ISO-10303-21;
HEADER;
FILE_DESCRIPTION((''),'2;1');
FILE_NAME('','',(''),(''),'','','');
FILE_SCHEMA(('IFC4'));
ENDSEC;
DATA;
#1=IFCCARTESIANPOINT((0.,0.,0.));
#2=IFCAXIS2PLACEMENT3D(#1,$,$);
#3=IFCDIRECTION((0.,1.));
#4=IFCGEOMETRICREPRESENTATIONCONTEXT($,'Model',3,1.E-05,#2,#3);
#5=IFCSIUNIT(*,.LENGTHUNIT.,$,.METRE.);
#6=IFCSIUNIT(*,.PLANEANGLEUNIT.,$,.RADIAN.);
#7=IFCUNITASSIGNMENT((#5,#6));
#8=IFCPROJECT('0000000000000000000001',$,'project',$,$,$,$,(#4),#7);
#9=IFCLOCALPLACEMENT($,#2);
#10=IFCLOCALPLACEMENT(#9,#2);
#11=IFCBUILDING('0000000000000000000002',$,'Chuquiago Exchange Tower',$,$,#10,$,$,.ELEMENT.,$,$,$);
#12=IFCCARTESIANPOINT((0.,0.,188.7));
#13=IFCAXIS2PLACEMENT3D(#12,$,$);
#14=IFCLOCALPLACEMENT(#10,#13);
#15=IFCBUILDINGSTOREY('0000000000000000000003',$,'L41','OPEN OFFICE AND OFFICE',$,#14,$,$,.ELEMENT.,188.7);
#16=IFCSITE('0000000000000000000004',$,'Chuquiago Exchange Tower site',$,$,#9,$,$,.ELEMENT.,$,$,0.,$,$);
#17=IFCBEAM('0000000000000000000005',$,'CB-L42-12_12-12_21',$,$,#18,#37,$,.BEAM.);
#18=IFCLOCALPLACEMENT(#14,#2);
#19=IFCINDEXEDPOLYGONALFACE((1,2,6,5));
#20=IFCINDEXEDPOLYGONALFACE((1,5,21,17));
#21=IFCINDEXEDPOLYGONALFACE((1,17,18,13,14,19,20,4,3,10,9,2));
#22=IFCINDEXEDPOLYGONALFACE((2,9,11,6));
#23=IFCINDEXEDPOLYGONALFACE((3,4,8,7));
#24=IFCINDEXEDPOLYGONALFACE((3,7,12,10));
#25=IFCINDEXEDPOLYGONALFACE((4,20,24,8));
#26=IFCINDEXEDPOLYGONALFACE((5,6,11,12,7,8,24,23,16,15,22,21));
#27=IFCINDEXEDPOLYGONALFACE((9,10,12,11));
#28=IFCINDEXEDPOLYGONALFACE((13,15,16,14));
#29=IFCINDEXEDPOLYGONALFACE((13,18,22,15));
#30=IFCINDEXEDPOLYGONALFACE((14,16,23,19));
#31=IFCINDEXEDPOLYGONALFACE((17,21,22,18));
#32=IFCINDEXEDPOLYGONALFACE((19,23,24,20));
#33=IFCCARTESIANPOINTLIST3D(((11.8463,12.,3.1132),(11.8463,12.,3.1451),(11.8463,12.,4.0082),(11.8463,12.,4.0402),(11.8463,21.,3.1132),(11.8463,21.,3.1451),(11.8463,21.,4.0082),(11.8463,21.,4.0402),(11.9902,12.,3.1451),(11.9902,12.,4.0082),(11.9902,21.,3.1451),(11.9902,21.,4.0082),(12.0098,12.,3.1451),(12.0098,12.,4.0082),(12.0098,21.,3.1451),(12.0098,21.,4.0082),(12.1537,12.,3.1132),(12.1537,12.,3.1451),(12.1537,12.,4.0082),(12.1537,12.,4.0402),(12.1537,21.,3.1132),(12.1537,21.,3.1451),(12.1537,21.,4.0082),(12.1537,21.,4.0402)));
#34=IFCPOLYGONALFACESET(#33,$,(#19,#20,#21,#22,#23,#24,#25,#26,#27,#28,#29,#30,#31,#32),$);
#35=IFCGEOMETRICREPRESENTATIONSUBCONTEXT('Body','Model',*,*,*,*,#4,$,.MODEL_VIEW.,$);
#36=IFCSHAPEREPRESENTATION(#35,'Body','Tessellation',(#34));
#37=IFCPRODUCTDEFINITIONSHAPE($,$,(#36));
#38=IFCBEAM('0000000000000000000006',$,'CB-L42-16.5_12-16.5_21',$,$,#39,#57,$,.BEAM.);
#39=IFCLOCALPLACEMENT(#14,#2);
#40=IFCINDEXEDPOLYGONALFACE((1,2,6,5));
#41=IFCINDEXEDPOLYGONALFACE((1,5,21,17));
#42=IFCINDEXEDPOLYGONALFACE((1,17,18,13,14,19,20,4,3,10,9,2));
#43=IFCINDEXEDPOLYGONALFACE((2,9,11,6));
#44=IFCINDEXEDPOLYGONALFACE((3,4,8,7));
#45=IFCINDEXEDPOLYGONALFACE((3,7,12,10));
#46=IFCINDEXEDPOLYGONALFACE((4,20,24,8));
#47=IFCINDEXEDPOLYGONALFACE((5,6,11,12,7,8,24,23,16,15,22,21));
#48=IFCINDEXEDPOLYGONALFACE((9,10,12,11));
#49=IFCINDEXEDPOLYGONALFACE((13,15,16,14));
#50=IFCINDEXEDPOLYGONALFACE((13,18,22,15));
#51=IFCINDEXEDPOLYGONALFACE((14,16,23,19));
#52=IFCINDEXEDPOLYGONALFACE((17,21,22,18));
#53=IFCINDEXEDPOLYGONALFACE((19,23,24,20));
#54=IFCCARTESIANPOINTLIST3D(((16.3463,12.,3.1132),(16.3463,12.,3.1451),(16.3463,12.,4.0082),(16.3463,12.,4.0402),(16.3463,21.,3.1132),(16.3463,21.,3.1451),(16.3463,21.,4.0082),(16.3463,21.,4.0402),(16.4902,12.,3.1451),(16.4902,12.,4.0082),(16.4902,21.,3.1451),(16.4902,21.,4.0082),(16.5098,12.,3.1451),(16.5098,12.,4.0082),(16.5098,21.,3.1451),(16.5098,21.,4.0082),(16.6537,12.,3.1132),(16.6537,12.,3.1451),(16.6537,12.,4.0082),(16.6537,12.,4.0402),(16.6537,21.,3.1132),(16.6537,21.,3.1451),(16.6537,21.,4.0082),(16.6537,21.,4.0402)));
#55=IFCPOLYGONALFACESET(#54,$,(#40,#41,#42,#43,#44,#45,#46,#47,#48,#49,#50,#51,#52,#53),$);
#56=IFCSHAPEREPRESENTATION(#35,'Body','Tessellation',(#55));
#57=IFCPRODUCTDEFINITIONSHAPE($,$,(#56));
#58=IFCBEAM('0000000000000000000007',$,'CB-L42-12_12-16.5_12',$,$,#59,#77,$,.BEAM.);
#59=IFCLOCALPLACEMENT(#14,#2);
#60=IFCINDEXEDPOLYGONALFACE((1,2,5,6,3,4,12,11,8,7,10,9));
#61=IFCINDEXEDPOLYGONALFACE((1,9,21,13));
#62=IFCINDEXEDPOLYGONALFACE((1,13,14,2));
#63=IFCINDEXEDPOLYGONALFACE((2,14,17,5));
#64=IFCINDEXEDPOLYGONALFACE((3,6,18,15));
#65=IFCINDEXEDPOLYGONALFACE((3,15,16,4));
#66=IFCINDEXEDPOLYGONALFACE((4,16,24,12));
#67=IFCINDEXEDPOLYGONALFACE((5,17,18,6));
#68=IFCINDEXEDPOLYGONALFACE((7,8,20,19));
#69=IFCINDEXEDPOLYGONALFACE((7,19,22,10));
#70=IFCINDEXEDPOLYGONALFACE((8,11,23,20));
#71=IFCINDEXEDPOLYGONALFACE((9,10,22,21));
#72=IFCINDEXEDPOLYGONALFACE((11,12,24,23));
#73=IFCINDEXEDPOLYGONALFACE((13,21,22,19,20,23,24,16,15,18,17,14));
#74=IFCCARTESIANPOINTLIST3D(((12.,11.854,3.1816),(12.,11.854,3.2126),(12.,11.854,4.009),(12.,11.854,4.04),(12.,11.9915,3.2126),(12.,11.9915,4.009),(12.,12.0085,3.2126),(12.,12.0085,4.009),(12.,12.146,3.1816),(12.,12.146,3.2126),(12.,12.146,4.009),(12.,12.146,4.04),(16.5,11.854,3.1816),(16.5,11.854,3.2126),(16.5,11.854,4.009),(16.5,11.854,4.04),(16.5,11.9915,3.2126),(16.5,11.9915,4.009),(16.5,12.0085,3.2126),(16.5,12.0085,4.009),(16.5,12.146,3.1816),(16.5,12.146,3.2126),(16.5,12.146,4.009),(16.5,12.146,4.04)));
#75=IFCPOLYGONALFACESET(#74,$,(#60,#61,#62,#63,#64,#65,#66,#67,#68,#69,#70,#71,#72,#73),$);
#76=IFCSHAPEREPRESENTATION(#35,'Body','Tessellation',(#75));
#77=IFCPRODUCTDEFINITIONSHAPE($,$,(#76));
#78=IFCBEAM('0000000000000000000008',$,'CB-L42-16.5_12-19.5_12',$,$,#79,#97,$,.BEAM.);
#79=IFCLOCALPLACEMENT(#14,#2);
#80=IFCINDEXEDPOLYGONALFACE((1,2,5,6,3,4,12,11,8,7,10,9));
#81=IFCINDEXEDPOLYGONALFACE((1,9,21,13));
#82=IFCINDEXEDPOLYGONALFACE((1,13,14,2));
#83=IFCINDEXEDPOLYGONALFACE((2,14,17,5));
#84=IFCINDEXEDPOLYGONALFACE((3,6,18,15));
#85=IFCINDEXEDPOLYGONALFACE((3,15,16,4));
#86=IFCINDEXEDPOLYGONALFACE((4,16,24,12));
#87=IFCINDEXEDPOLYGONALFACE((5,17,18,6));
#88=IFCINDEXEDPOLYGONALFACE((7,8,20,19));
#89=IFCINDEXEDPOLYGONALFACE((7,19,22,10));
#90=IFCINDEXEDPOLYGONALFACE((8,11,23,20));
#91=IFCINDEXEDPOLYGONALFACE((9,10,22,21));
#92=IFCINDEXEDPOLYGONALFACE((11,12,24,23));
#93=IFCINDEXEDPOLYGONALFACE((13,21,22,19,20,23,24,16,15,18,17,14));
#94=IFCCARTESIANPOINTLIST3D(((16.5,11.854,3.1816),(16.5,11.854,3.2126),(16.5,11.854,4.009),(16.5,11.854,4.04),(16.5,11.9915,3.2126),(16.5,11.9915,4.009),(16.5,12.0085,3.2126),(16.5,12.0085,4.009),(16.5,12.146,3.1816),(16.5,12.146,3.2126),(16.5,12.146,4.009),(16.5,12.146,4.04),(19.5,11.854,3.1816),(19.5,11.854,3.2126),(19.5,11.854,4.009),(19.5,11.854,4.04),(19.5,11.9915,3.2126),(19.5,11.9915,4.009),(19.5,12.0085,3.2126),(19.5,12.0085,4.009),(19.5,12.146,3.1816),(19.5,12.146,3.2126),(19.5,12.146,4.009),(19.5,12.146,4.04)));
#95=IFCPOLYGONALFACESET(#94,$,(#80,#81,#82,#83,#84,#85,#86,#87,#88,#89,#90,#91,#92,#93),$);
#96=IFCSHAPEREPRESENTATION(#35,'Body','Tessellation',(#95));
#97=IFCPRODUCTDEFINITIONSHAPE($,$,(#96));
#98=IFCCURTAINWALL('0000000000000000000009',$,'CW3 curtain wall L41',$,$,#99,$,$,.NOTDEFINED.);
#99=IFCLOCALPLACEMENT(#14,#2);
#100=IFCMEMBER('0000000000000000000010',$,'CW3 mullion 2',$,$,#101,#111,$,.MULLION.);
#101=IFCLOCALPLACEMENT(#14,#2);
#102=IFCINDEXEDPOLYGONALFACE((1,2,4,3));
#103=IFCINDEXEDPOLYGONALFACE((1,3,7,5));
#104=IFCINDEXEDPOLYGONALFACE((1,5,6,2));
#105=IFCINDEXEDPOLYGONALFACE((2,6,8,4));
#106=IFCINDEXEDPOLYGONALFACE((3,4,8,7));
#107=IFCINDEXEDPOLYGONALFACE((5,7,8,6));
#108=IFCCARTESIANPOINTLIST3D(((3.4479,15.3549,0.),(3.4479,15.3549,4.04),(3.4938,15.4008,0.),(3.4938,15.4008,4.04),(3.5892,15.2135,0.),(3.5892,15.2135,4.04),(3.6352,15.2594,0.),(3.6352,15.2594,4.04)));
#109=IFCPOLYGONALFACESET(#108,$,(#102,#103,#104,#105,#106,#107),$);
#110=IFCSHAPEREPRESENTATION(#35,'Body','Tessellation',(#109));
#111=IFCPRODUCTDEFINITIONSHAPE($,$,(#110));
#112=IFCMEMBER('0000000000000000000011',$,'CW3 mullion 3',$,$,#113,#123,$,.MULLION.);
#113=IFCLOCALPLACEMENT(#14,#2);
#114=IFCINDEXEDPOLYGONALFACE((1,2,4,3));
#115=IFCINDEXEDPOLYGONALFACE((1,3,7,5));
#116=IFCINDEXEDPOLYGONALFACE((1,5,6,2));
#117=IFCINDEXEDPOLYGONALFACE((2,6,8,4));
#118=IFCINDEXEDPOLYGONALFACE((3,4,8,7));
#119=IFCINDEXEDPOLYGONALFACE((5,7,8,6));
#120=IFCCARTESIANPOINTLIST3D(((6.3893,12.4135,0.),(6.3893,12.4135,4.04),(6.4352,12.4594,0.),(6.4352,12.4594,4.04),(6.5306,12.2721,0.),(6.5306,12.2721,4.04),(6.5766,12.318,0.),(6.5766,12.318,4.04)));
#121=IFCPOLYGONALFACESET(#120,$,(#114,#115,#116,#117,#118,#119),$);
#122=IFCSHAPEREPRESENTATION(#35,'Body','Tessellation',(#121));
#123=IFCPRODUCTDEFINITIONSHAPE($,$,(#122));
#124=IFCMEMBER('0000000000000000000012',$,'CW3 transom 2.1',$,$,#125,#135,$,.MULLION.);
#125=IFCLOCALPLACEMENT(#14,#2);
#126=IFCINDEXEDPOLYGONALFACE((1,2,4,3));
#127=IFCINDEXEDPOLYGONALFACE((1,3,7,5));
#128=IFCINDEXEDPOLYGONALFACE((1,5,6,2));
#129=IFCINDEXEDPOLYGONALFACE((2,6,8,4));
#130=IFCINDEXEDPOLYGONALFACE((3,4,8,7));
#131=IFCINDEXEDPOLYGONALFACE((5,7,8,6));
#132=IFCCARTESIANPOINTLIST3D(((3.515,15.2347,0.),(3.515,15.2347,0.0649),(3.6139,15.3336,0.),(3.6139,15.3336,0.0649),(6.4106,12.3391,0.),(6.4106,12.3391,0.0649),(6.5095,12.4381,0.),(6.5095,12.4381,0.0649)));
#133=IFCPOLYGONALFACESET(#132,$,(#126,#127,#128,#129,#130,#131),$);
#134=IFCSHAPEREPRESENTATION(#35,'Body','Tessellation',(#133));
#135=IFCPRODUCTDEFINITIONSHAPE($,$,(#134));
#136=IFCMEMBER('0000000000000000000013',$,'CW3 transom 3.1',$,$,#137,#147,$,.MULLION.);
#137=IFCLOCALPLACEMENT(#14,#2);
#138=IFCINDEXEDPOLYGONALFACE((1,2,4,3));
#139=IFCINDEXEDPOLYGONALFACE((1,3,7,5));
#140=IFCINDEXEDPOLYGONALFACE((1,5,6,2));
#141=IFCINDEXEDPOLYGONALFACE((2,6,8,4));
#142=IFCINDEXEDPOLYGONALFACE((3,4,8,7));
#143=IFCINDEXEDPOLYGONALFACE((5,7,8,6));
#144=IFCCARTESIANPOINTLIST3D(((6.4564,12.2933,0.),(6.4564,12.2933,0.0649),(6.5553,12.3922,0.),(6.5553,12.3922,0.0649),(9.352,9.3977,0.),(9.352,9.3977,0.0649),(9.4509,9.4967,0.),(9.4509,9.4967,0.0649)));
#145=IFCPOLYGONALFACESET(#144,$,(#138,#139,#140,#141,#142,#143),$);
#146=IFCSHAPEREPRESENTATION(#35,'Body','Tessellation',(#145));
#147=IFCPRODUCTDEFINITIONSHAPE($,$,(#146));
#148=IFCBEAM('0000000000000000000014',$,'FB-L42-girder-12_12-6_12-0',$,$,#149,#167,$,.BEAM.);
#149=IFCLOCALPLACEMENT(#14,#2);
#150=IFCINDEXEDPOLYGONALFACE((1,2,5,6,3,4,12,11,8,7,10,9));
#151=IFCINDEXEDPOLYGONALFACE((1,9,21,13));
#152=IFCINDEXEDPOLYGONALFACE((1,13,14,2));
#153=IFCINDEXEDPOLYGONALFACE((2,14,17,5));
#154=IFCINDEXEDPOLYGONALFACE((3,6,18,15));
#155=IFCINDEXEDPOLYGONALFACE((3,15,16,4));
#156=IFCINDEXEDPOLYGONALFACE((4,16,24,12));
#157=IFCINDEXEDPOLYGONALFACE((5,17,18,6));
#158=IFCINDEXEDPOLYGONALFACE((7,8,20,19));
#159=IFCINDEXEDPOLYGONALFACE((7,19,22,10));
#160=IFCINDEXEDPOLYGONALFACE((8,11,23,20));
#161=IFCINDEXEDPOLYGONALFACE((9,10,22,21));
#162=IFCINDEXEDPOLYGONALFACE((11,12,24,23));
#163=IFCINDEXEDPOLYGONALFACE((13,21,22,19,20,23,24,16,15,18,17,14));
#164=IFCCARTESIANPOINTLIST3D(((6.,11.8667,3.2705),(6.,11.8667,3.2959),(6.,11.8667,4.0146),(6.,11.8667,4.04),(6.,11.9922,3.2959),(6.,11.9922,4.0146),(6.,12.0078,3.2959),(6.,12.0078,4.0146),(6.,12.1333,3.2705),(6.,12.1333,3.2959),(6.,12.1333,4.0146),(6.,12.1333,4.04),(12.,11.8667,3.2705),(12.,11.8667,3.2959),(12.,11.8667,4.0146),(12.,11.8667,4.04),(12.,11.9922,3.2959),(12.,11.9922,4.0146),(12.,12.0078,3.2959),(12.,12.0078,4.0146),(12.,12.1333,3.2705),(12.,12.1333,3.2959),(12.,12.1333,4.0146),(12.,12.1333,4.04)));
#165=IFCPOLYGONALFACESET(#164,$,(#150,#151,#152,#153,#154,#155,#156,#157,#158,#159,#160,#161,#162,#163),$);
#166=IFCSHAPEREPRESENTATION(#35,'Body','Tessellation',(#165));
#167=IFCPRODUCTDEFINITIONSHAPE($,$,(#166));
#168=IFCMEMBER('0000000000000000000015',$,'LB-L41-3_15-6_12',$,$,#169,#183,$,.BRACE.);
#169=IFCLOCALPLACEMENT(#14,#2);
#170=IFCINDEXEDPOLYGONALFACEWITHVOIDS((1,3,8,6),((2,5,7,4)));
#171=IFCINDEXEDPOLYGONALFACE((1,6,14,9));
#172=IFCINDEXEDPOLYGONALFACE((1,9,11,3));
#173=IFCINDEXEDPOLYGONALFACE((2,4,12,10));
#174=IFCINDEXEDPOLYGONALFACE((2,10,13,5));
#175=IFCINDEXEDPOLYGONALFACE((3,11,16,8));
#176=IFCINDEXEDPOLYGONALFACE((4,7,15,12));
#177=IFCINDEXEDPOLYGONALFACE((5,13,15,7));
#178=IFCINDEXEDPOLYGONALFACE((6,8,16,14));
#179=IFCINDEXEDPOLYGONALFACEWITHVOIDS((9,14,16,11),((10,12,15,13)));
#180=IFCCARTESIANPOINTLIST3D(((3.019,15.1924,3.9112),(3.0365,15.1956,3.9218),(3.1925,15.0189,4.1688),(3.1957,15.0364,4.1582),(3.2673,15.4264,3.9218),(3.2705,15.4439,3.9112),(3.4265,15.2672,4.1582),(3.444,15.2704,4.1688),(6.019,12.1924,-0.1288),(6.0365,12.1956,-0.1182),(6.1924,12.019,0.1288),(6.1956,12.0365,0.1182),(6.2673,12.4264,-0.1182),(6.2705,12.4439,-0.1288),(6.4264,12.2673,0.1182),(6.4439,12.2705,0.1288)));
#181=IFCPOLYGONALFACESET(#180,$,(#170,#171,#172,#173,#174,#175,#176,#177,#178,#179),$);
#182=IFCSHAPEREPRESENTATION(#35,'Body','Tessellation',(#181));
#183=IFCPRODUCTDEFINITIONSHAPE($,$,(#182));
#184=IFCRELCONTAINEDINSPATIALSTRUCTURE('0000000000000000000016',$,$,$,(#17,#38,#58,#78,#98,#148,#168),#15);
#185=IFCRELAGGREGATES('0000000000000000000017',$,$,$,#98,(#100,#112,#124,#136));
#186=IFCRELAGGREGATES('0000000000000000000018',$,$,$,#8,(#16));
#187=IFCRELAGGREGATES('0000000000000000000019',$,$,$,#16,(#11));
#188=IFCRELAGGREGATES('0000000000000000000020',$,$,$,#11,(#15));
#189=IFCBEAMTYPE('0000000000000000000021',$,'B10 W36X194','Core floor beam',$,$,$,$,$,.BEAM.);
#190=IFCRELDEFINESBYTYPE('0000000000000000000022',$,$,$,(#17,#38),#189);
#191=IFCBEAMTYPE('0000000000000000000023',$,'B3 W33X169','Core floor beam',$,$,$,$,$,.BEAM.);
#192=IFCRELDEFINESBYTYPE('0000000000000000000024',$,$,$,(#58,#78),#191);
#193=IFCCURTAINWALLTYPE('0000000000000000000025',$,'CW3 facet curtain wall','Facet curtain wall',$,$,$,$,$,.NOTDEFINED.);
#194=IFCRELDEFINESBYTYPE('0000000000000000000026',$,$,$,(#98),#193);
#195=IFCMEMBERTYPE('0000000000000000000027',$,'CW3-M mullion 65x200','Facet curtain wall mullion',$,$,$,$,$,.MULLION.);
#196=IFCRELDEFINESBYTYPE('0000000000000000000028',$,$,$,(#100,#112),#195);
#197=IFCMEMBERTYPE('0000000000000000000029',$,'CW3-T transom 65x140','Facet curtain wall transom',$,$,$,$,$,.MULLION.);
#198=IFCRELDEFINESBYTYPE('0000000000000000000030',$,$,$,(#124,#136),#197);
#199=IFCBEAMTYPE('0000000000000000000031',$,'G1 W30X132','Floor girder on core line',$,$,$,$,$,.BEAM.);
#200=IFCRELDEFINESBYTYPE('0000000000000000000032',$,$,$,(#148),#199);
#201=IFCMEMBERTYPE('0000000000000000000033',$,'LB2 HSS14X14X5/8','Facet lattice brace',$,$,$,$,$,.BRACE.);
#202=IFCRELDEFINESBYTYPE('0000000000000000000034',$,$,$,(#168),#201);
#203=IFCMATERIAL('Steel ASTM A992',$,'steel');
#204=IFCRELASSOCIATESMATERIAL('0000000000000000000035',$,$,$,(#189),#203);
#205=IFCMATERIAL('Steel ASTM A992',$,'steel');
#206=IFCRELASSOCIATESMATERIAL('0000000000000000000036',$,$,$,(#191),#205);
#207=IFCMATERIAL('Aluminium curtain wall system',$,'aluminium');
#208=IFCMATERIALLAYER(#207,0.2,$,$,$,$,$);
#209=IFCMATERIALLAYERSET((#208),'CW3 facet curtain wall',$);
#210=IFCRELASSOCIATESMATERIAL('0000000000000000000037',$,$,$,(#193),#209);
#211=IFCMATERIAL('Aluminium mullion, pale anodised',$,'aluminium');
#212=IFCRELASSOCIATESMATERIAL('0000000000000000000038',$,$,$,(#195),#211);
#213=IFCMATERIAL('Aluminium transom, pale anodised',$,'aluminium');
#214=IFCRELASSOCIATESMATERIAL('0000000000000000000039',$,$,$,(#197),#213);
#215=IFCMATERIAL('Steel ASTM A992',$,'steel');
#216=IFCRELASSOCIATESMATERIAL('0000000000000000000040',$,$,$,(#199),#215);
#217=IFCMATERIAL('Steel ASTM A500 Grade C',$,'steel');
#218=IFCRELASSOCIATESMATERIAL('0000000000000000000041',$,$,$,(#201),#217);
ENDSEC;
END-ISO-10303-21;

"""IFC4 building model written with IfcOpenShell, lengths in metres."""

from ifc_helpers import new_model, si_unit, direction, frame, origin, origin_2d, place, context, subcontext, project, spatial, rectangle, hollow_rectangle, i_section, extrude, material, layer, layer_set, material_profile, profile_set, type_object, element, aggregate, save


model = new_model("IFC4")

# Units and contexts
model_context = context("Model", 3, precision=1e-05, world=origin(), true_north=direction((0.0, 1.0)))
body_context = subcontext(model_context, "Body", "Model", "MODEL_VIEW")
ifc_project = project(units=[si_unit("LENGTHUNIT", "METRE"), si_unit("PLANEANGLEUNIT", "RADIAN")], contexts=[model_context])

# Site, building, storey
site_placement = place(None, origin())
site = spatial("IfcSite", under=ifc_project, at=site_placement, Name="Chuquiago Exchange Tower site", CompositionType="ELEMENT", RefElevation=0.0)
building_placement = place(site_placement, origin())
building = spatial("IfcBuilding", under=site, at=building_placement, Name="Chuquiago Exchange Tower", CompositionType="ELEMENT")
storey_placement = place(building_placement, frame((0.0, 0.0, 188.7)))
storey = spatial("IfcBuildingStorey", under=building, at=storey_placement, Name="L41", Description="OPEN OFFICE AND OFFICE", CompositionType="ELEMENT", Elevation=188.7)

# Beams
ifc_material_1 = material(Name="Steel ASTM A992", Category="steel")
ifc_material_profile_1 = material_profile(ifc_material_1, i_section(OverallWidth=0.3074, OverallDepth=0.927, WebThickness=0.0195, FlangeThickness=0.032, at=origin_2d()), Name="W36X194")
ifc_profile_set_1 = profile_set([ifc_material_profile_1], Name="Steel ASTM A992")
beam_type_1 = type_object("IfcBeamType", Name="B10 W36X194", Description="Core floor beam", PredefinedType="BEAM", material=ifc_profile_set_1)
for number, where, z_axis, x_axis, name in (
    (1, (12.0, 12.0, 3.5767), (0.0, 1.0, 0.0), (-1.0, 0.0, 0.0), "CB-L42-12_12-12_21"),
    (2, (16.5, 12.0, 3.5767), (0.0, 1.0, 0.0), (-1.0, 0.0, 0.0), "CB-L42-16.5_12-16.5_21"),
):
    element("IfcBeam", number, at=place(storey_placement, frame(where, z_axis=z_axis, x_axis=x_axis)), inside=storey, type_object=beam_type_1, Name=name, PredefinedType="BEAM", context=body_context, shape_type="SweptSolid", body=[
        extrude(i_section(OverallWidth=0.3074, OverallDepth=0.927, WebThickness=0.0195, FlangeThickness=0.032, at=origin_2d()), origin(), (0.0, 0.0, 1.0), 9.0),
    ])
ifc_material_2 = material(Name="Steel ASTM A992", Category="steel")
ifc_material_profile_2 = material_profile(ifc_material_2, i_section(OverallWidth=0.292, OverallDepth=0.8584, WebThickness=0.0171, FlangeThickness=0.031, at=origin_2d()), Name="W33X169")
ifc_profile_set_2 = profile_set([ifc_material_profile_2], Name="Steel ASTM A992")
beam_type_2 = type_object("IfcBeamType", Name="B3 W33X169", Description="Core floor beam", PredefinedType="BEAM", material=ifc_profile_set_2)
beam_1_placement = place(storey_placement, frame((12.0, 12.0, 3.6108), z_axis=(1.0, 0.0, 0.0), x_axis=(0.0, 1.0, 0.0)))
element("IfcBeam", 3, at=beam_1_placement, inside=storey, type_object=beam_type_2, Name="CB-L42-12_12-16.5_12", PredefinedType="BEAM", context=body_context, shape_type="SweptSolid", body=[
    extrude(i_section(OverallWidth=0.292, OverallDepth=0.8584, WebThickness=0.0171, FlangeThickness=0.031, at=origin_2d()), origin(), (0.0, 0.0, 1.0), 4.5),
])
beam_2_placement = place(storey_placement, frame((16.5, 12.0, 3.6108), z_axis=(1.0, 0.0, 0.0), x_axis=(0.0, 1.0, 0.0)))
element("IfcBeam", 4, at=beam_2_placement, inside=storey, type_object=beam_type_2, Name="CB-L42-16.5_12-19.5_12", PredefinedType="BEAM", context=body_context, shape_type="SweptSolid", body=[
    extrude(i_section(OverallWidth=0.292, OverallDepth=0.8584, WebThickness=0.0171, FlangeThickness=0.031, at=origin_2d()), origin(), (0.0, 0.0, 1.0), 3.0),
])

# Curtain wall, members
ifc_material_3 = material(Name="Aluminium curtain wall system", Category="aluminium")
ifc_layer_1 = layer(ifc_material_3, 0.2)
ifc_layer_set_1 = layer_set([ifc_layer_1], Name="CW3 facet curtain wall")
curtain_wall_type = type_object("IfcCurtainWallType", Name="CW3 facet curtain wall", Description="Facet curtain wall", PredefinedType="NOTDEFINED", material=ifc_layer_set_1)
curtain_wall_placement = place(storey_placement, origin())
curtain_wall = element("IfcCurtainWall", 5, at=curtain_wall_placement, inside=storey, type_object=curtain_wall_type, Name="CW3 curtain wall L41", PredefinedType="NOTDEFINED")
ifc_material_4 = material(Name="Aluminium mullion, pale anodised", Category="aluminium")
ifc_material_profile_3 = material_profile(ifc_material_4, rectangle(XDim=0.0649, YDim=0.2, at=origin_2d()), Name="AL 65x200")
ifc_profile_set_3 = profile_set([ifc_material_profile_3], Name="Aluminium mullion, pale anodised")
member_type_1 = type_object("IfcMemberType", Name="CW3-M mullion 65x200", Description="Facet curtain wall mullion", PredefinedType="MULLION", material=ifc_profile_set_3)
member_1_placement = place(storey_placement, frame((3.5415, 15.3071, 0.0), z_axis=(0.0, 0.0, 1.0), x_axis=(0.707107, 0.707107, 0.0)))
member_1 = element("IfcMember", 6, at=member_1_placement, type_object=member_type_1, Name="CW3 mullion 2", PredefinedType="MULLION", context=body_context, shape_type="SweptSolid", body=[
    extrude(rectangle(XDim=0.0649, YDim=0.2, at=origin_2d()), origin(), (0.0, 0.0, 1.0), 4.04),
])
member_2_placement = place(storey_placement, frame((6.4829, 12.3657, 0.0), z_axis=(0.0, 0.0, 1.0), x_axis=(0.707107, 0.707107, 0.0)))
member_2 = element("IfcMember", 7, at=member_2_placement, type_object=member_type_1, Name="CW3 mullion 3", PredefinedType="MULLION", context=body_context, shape_type="SweptSolid", body=[
    extrude(rectangle(XDim=0.0649, YDim=0.2, at=origin_2d()), origin(), (0.0, 0.0, 1.0), 4.04),
])
ifc_material_5 = material(Name="Aluminium transom, pale anodised", Category="aluminium")
ifc_material_profile_4 = material_profile(ifc_material_5, rectangle(XDim=0.1399, YDim=0.0649, at=origin_2d()), Name="AL 140x65")
ifc_profile_set_4 = profile_set([ifc_material_profile_4], Name="Aluminium transom, pale anodised")
member_type_2 = type_object("IfcMemberType", Name="CW3-T transom 65x140", Description="Facet curtain wall transom", PredefinedType="MULLION", material=ifc_profile_set_4)
member_3_placement = place(storey_placement, frame((3.5645, 15.2842, 0.0325), z_axis=(0.707107, -0.707107, 0.0), x_axis=(0.707107, 0.707107, 0.0)))
member_3 = element("IfcMember", 8, at=member_3_placement, type_object=member_type_2, Name="CW3 transom 2.1", PredefinedType="MULLION", context=body_context, shape_type="SweptSolid", body=[
    extrude(rectangle(XDim=0.1399, YDim=0.0649, at=origin_2d()), origin(), (0.0, 0.0, 1.0), 4.095),
])
member_4_placement = place(storey_placement, frame((6.5059, 12.3428, 0.0325), z_axis=(0.707107, -0.707107, 0.0), x_axis=(0.707107, 0.707107, 0.0)))
member_4 = element("IfcMember", 9, at=member_4_placement, type_object=member_type_2, Name="CW3 transom 3.1", PredefinedType="MULLION", context=body_context, shape_type="SweptSolid", body=[
    extrude(rectangle(XDim=0.1399, YDim=0.0649, at=origin_2d()), origin(), (0.0, 0.0, 1.0), 4.095),
])

# Beam
ifc_material_6 = material(Name="Steel ASTM A992", Category="steel")
ifc_material_profile_5 = material_profile(ifc_material_6, i_section(OverallWidth=0.2666, OverallDepth=0.7695, WebThickness=0.0156, FlangeThickness=0.0254, at=origin_2d()), Name="W30X132")
ifc_profile_set_5 = profile_set([ifc_material_profile_5], Name="Steel ASTM A992")
beam_type_3 = type_object("IfcBeamType", Name="G1 W30X132", Description="Floor girder on core line", PredefinedType="BEAM", material=ifc_profile_set_5)
beam_3_placement = place(storey_placement, frame((12.0, 12.0, 3.6553), z_axis=(-1.0, 0.0, 0.0), x_axis=(0.0, -1.0, 0.0)))
element("IfcBeam", 10, at=beam_3_placement, inside=storey, type_object=beam_type_3, Name="FB-L42-girder-12_12-6_12-0", PredefinedType="BEAM", context=body_context, shape_type="SweptSolid", body=[
    extrude(i_section(OverallWidth=0.2666, OverallDepth=0.7695, WebThickness=0.0156, FlangeThickness=0.0254, at=origin_2d()), origin(), (0.0, 0.0, 1.0), 6.0),
])

# Member
ifc_material_7 = material(Name="Steel ASTM A500 Grade C", Category="steel")
ifc_material_profile_6 = material_profile(ifc_material_7, hollow_rectangle(XDim=0.3557, YDim=0.3557, WallThickness=0.0146, at=origin_2d()), Name="HSS14X14X5/8")
ifc_profile_set_6 = profile_set([ifc_material_profile_6], Name="Steel ASTM A500 Grade C")
member_type_3 = type_object("IfcMemberType", Name="LB2 HSS14X14X5/8", Description="Facet lattice brace", PredefinedType="BRACE", material=ifc_profile_set_6)
for number, where, z_axis, x_axis, name in (
    (11, (6.2314, 12.2314, 0.0), (-0.512077, 0.512077, 0.689604), (-0.707107, -0.707107, 0.0), "LB-L41-3_15-6_12"),
):
    element("IfcMember", number, at=place(storey_placement, frame(where, z_axis=z_axis, x_axis=x_axis)), inside=storey, type_object=member_type_3, Name=name, PredefinedType="BRACE", context=body_context, shape_type="SweptSolid", body=[
        extrude(hollow_rectangle(XDim=0.3557, YDim=0.3557, WallThickness=0.0146, at=origin_2d()), origin(), (0.0, 0.0, 1.0), 5.8584),
    ])

aggregate(curtain_wall, [member_1, member_2, member_3, member_4])

save(model, "model.ifc")
